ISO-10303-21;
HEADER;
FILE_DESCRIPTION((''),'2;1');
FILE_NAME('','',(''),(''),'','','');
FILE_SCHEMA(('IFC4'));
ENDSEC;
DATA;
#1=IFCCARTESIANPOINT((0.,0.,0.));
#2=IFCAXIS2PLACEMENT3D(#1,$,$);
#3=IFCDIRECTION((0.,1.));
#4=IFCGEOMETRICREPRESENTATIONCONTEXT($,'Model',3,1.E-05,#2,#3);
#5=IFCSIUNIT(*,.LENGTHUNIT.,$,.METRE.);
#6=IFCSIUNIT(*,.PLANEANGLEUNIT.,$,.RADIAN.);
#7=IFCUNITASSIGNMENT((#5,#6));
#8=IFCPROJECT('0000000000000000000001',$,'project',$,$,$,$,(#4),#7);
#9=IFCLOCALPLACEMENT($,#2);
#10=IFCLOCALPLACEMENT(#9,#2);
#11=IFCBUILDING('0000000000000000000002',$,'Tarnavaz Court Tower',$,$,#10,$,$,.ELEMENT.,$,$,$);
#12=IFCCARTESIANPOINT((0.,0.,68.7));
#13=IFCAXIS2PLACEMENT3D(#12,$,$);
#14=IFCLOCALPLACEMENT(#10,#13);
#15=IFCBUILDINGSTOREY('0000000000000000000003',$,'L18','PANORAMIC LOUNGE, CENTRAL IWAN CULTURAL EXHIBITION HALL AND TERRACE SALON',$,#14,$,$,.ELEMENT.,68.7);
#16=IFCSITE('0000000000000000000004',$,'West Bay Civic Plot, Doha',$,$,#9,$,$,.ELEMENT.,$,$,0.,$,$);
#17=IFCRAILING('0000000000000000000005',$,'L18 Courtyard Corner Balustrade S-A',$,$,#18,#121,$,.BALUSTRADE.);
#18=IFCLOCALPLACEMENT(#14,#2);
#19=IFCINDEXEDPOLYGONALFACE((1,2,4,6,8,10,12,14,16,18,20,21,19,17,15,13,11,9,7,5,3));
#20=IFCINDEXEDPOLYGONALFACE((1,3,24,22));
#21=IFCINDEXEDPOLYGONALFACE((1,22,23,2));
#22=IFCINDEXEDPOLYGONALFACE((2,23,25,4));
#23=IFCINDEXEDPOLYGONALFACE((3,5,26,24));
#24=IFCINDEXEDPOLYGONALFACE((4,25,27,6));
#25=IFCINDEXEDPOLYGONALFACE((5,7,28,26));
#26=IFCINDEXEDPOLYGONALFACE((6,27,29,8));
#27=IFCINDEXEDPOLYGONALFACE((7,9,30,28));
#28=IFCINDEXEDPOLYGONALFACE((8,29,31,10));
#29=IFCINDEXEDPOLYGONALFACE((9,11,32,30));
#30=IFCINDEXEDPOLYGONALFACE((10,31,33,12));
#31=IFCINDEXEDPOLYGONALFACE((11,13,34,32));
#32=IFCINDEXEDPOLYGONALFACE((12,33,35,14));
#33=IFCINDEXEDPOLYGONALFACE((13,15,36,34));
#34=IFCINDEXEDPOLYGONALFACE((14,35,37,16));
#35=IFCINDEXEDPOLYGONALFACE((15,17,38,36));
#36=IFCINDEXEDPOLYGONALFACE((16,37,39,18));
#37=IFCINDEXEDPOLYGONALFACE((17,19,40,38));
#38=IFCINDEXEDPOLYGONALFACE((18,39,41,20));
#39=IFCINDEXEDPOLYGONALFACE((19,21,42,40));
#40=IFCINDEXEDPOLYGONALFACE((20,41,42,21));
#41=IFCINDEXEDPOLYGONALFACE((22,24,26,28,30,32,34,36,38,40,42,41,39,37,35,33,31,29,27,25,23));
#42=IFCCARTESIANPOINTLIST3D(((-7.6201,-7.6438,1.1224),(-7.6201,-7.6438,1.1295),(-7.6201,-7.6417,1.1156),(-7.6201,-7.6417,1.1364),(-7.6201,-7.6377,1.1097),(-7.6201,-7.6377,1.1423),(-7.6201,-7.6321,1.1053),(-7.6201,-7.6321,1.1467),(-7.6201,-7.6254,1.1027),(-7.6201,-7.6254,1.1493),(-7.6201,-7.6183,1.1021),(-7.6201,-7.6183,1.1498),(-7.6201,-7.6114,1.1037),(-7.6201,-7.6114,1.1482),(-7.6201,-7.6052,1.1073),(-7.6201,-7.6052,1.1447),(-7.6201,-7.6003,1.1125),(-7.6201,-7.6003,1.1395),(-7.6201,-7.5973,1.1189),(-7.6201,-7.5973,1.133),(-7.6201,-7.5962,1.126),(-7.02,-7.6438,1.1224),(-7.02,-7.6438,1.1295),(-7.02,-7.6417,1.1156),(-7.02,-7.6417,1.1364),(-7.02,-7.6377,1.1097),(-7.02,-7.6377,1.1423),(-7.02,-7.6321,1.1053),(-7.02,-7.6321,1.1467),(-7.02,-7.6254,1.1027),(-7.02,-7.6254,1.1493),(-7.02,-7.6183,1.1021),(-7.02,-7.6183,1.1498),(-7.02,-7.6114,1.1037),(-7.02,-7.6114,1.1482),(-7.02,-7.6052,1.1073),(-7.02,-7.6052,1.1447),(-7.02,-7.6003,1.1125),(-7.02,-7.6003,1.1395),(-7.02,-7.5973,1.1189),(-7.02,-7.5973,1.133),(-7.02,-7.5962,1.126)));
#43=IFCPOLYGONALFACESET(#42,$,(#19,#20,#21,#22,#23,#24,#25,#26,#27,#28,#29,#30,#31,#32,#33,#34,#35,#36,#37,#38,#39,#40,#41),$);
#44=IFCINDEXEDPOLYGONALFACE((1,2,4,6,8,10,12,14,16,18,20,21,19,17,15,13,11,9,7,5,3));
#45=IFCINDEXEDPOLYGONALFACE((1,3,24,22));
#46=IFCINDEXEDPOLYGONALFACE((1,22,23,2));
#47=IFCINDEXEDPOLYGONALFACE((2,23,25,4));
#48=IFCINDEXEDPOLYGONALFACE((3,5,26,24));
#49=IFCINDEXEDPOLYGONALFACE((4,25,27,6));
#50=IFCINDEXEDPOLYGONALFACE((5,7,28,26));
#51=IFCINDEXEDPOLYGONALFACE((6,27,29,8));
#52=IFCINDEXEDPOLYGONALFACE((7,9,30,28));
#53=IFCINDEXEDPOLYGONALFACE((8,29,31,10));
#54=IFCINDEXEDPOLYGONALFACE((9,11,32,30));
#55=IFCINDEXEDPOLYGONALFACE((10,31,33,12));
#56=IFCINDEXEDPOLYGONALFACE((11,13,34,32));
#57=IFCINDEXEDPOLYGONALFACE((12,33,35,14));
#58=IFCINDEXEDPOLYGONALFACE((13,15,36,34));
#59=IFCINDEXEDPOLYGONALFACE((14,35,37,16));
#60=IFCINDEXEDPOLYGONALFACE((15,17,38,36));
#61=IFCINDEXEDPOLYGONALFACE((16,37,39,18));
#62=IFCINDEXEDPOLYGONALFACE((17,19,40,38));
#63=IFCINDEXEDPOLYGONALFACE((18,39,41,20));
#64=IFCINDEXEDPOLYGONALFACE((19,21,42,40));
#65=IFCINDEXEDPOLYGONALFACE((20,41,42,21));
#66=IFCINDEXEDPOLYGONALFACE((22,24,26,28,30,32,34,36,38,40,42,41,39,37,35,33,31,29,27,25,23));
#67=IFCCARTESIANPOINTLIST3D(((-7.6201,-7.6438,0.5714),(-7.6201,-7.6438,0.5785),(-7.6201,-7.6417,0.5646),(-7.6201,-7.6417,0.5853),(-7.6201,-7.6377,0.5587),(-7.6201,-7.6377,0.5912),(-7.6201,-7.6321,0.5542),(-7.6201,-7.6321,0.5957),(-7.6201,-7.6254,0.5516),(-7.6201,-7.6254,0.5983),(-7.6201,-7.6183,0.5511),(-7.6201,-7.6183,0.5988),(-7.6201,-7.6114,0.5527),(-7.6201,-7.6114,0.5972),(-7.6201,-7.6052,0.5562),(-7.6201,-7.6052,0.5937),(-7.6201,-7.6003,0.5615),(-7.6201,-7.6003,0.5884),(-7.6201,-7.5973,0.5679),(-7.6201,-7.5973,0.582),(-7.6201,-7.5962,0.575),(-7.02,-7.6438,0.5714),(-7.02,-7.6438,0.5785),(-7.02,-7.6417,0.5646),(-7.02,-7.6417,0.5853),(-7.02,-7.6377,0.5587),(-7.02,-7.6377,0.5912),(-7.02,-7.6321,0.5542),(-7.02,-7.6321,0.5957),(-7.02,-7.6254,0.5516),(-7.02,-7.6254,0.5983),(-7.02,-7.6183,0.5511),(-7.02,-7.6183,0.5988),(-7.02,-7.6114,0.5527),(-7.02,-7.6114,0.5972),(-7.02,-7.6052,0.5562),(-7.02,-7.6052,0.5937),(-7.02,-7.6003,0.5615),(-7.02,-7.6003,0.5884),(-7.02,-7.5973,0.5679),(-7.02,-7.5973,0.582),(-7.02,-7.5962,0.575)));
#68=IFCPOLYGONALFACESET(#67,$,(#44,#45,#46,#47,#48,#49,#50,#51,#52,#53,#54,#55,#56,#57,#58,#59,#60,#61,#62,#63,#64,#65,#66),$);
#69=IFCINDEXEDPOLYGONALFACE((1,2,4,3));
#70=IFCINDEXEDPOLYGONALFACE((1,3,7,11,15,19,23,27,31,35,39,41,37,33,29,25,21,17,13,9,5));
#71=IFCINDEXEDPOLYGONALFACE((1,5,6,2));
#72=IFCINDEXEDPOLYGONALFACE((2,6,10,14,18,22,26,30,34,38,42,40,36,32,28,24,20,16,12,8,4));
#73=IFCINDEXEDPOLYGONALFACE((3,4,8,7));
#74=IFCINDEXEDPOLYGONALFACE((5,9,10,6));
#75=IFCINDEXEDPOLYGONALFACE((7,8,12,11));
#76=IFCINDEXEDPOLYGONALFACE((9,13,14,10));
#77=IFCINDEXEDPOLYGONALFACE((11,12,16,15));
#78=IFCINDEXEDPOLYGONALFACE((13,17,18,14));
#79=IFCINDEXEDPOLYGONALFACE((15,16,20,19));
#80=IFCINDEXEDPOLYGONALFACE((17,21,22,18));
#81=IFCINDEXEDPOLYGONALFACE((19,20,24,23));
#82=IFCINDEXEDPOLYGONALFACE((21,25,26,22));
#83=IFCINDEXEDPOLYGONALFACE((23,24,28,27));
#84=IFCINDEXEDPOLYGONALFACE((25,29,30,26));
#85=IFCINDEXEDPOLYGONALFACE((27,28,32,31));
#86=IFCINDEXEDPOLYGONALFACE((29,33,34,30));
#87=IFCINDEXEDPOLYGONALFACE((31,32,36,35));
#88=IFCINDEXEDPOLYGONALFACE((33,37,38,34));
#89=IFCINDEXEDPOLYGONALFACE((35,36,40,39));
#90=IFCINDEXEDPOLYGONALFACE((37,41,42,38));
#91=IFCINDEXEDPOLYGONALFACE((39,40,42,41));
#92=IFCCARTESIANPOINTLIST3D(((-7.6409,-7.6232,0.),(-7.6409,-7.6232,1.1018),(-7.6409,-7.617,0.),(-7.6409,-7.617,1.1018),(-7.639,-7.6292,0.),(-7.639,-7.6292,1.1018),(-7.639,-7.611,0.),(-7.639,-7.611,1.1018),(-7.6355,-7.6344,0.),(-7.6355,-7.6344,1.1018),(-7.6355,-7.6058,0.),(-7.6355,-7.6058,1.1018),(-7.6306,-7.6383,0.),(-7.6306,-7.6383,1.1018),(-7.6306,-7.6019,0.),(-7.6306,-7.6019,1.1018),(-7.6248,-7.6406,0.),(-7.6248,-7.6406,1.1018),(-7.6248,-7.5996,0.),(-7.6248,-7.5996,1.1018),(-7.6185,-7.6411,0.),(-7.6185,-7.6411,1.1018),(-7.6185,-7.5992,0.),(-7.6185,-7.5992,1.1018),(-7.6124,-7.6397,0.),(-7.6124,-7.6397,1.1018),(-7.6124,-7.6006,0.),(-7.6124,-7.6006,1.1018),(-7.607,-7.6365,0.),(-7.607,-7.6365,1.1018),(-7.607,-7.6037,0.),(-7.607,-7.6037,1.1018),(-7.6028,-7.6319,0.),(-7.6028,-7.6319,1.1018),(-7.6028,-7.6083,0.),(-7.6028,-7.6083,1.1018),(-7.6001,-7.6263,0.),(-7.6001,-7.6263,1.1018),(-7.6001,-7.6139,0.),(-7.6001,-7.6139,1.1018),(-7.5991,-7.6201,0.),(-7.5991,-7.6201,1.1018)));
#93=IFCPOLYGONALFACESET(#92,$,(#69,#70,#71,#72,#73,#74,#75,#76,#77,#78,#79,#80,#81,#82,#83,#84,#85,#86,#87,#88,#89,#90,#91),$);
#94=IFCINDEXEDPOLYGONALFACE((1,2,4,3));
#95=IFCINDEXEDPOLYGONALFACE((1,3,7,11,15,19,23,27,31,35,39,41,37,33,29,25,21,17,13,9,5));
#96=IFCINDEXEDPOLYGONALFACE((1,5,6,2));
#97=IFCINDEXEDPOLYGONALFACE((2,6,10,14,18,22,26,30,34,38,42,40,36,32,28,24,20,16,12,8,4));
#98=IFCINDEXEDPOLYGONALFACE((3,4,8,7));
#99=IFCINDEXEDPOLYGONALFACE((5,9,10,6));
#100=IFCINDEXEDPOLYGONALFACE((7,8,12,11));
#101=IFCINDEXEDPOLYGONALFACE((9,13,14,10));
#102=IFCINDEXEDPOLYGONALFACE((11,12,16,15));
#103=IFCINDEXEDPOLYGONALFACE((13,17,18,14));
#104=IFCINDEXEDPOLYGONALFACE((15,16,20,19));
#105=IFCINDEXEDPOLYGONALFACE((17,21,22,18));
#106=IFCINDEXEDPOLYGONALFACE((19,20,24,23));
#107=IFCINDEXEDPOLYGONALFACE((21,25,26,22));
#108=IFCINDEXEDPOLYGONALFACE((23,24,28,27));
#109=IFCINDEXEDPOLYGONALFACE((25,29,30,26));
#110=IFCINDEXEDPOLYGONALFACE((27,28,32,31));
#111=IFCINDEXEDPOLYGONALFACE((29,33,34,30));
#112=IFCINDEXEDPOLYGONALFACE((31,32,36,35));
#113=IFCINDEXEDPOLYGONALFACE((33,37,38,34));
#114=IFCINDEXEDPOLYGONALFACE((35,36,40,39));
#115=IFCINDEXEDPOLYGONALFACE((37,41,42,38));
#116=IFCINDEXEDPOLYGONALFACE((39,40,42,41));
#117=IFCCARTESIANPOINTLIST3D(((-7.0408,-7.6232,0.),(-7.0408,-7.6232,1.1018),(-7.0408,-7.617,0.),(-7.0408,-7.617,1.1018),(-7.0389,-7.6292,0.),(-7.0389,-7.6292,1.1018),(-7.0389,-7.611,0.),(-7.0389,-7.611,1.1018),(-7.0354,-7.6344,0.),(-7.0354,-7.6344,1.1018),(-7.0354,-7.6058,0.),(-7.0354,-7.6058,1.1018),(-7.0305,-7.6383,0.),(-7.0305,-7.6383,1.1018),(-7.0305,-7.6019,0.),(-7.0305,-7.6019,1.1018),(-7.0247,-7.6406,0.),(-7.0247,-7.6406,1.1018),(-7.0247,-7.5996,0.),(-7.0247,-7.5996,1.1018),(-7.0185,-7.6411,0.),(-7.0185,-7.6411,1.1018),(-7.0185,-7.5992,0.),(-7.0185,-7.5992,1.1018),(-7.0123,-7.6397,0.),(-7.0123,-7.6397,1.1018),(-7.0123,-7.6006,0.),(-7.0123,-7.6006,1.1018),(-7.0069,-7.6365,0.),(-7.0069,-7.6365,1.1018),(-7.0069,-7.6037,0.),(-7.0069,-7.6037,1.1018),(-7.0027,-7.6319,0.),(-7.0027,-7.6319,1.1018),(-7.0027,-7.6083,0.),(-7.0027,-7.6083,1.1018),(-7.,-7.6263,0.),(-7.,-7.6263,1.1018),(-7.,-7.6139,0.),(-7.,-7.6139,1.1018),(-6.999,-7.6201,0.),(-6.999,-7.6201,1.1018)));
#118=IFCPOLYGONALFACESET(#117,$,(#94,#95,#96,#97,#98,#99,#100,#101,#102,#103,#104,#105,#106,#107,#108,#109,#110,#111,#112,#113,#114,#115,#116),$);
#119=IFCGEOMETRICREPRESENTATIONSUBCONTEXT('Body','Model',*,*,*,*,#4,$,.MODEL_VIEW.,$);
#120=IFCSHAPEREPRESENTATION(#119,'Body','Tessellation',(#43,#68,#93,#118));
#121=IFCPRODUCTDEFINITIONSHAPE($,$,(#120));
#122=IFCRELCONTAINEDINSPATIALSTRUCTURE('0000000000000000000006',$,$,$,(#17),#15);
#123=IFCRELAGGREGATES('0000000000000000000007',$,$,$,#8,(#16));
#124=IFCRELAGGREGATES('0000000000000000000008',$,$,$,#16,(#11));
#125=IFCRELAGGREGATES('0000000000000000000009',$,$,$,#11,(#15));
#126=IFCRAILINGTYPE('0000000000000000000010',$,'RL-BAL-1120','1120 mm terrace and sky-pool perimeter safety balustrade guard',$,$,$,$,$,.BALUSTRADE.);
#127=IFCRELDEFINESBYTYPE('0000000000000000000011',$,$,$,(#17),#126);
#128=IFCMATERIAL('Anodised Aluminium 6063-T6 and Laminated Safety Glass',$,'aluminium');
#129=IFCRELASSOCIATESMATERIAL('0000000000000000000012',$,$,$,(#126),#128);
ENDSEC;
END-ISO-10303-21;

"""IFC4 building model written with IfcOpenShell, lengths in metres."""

from ifc_helpers import new_model, si_unit, direction, frame, origin, origin_2d, place, context, subcontext, project, spatial, circle, extrude, material, type_object, element, save


model = new_model("IFC4")

# Units and contexts
model_context = context("Model", 3, precision=1e-05, world=origin(), true_north=direction((0.0, 1.0)))
body_context = subcontext(model_context, "Body", "Model", "MODEL_VIEW")
ifc_project = project(units=[si_unit("LENGTHUNIT", "METRE"), si_unit("PLANEANGLEUNIT", "RADIAN")], contexts=[model_context])

# Site, building, storey
site_placement = place(None, origin())
site = spatial("IfcSite", under=ifc_project, at=site_placement, Name="West Bay Civic Plot, Doha", CompositionType="ELEMENT", RefElevation=0.0)
building_placement = place(site_placement, origin())
building = spatial("IfcBuilding", under=site, at=building_placement, Name="Tarnavaz Court Tower", CompositionType="ELEMENT")
storey_placement = place(building_placement, frame((0.0, 0.0, 68.7)))
storey = spatial("IfcBuildingStorey", under=building, at=storey_placement, Name="L18", Description="PANORAMIC LOUNGE, CENTRAL IWAN CULTURAL EXHIBITION HALL AND TERRACE SALON", CompositionType="ELEMENT", Elevation=68.7)

# Railing
ifc_material_1 = material(Name="Anodised Aluminium 6063-T6 and Laminated Safety Glass", Category="aluminium")
railing_type = type_object("IfcRailingType", Name="RL-BAL-1120", Description="1120 mm terrace and sky-pool perimeter safety balustrade guard", PredefinedType="BALUSTRADE", material=ifc_material_1)
railing_placement = place(storey_placement, frame((-7.6201, -7.6201, 0.0)))
element("IfcRailing", 1, at=railing_placement, inside=storey, type_object=railing_type, Name="L18 Courtyard Corner Balustrade S-A", PredefinedType="BALUSTRADE", context=body_context, shape_type="SweptSolid", body=[
    extrude(circle(Radius=0.0239, at=origin_2d()), frame((0.0, 0.0, 1.126), z_axis=(1.0, 0.0, 0.0), x_axis=(0.0, 1.0, 0.0)), (0.0, 0.0, 1.0), 0.6001),
    extrude(circle(Radius=0.0239, at=origin_2d()), frame((0.0, 0.0, 0.575), z_axis=(1.0, 0.0, 0.0), x_axis=(0.0, 1.0, 0.0)), (0.0, 0.0, 1.0), 0.6001),
    extrude(circle(Radius=0.021, at=origin_2d()), origin(), (0.0, 0.0, 1.0), 1.1018),
    extrude(circle(Radius=0.021, at=origin_2d()), frame((0.6001, 0.0, 0.0)), (0.0, 0.0, 1.0), 1.1018),
])

save(model, "model.ifc")
